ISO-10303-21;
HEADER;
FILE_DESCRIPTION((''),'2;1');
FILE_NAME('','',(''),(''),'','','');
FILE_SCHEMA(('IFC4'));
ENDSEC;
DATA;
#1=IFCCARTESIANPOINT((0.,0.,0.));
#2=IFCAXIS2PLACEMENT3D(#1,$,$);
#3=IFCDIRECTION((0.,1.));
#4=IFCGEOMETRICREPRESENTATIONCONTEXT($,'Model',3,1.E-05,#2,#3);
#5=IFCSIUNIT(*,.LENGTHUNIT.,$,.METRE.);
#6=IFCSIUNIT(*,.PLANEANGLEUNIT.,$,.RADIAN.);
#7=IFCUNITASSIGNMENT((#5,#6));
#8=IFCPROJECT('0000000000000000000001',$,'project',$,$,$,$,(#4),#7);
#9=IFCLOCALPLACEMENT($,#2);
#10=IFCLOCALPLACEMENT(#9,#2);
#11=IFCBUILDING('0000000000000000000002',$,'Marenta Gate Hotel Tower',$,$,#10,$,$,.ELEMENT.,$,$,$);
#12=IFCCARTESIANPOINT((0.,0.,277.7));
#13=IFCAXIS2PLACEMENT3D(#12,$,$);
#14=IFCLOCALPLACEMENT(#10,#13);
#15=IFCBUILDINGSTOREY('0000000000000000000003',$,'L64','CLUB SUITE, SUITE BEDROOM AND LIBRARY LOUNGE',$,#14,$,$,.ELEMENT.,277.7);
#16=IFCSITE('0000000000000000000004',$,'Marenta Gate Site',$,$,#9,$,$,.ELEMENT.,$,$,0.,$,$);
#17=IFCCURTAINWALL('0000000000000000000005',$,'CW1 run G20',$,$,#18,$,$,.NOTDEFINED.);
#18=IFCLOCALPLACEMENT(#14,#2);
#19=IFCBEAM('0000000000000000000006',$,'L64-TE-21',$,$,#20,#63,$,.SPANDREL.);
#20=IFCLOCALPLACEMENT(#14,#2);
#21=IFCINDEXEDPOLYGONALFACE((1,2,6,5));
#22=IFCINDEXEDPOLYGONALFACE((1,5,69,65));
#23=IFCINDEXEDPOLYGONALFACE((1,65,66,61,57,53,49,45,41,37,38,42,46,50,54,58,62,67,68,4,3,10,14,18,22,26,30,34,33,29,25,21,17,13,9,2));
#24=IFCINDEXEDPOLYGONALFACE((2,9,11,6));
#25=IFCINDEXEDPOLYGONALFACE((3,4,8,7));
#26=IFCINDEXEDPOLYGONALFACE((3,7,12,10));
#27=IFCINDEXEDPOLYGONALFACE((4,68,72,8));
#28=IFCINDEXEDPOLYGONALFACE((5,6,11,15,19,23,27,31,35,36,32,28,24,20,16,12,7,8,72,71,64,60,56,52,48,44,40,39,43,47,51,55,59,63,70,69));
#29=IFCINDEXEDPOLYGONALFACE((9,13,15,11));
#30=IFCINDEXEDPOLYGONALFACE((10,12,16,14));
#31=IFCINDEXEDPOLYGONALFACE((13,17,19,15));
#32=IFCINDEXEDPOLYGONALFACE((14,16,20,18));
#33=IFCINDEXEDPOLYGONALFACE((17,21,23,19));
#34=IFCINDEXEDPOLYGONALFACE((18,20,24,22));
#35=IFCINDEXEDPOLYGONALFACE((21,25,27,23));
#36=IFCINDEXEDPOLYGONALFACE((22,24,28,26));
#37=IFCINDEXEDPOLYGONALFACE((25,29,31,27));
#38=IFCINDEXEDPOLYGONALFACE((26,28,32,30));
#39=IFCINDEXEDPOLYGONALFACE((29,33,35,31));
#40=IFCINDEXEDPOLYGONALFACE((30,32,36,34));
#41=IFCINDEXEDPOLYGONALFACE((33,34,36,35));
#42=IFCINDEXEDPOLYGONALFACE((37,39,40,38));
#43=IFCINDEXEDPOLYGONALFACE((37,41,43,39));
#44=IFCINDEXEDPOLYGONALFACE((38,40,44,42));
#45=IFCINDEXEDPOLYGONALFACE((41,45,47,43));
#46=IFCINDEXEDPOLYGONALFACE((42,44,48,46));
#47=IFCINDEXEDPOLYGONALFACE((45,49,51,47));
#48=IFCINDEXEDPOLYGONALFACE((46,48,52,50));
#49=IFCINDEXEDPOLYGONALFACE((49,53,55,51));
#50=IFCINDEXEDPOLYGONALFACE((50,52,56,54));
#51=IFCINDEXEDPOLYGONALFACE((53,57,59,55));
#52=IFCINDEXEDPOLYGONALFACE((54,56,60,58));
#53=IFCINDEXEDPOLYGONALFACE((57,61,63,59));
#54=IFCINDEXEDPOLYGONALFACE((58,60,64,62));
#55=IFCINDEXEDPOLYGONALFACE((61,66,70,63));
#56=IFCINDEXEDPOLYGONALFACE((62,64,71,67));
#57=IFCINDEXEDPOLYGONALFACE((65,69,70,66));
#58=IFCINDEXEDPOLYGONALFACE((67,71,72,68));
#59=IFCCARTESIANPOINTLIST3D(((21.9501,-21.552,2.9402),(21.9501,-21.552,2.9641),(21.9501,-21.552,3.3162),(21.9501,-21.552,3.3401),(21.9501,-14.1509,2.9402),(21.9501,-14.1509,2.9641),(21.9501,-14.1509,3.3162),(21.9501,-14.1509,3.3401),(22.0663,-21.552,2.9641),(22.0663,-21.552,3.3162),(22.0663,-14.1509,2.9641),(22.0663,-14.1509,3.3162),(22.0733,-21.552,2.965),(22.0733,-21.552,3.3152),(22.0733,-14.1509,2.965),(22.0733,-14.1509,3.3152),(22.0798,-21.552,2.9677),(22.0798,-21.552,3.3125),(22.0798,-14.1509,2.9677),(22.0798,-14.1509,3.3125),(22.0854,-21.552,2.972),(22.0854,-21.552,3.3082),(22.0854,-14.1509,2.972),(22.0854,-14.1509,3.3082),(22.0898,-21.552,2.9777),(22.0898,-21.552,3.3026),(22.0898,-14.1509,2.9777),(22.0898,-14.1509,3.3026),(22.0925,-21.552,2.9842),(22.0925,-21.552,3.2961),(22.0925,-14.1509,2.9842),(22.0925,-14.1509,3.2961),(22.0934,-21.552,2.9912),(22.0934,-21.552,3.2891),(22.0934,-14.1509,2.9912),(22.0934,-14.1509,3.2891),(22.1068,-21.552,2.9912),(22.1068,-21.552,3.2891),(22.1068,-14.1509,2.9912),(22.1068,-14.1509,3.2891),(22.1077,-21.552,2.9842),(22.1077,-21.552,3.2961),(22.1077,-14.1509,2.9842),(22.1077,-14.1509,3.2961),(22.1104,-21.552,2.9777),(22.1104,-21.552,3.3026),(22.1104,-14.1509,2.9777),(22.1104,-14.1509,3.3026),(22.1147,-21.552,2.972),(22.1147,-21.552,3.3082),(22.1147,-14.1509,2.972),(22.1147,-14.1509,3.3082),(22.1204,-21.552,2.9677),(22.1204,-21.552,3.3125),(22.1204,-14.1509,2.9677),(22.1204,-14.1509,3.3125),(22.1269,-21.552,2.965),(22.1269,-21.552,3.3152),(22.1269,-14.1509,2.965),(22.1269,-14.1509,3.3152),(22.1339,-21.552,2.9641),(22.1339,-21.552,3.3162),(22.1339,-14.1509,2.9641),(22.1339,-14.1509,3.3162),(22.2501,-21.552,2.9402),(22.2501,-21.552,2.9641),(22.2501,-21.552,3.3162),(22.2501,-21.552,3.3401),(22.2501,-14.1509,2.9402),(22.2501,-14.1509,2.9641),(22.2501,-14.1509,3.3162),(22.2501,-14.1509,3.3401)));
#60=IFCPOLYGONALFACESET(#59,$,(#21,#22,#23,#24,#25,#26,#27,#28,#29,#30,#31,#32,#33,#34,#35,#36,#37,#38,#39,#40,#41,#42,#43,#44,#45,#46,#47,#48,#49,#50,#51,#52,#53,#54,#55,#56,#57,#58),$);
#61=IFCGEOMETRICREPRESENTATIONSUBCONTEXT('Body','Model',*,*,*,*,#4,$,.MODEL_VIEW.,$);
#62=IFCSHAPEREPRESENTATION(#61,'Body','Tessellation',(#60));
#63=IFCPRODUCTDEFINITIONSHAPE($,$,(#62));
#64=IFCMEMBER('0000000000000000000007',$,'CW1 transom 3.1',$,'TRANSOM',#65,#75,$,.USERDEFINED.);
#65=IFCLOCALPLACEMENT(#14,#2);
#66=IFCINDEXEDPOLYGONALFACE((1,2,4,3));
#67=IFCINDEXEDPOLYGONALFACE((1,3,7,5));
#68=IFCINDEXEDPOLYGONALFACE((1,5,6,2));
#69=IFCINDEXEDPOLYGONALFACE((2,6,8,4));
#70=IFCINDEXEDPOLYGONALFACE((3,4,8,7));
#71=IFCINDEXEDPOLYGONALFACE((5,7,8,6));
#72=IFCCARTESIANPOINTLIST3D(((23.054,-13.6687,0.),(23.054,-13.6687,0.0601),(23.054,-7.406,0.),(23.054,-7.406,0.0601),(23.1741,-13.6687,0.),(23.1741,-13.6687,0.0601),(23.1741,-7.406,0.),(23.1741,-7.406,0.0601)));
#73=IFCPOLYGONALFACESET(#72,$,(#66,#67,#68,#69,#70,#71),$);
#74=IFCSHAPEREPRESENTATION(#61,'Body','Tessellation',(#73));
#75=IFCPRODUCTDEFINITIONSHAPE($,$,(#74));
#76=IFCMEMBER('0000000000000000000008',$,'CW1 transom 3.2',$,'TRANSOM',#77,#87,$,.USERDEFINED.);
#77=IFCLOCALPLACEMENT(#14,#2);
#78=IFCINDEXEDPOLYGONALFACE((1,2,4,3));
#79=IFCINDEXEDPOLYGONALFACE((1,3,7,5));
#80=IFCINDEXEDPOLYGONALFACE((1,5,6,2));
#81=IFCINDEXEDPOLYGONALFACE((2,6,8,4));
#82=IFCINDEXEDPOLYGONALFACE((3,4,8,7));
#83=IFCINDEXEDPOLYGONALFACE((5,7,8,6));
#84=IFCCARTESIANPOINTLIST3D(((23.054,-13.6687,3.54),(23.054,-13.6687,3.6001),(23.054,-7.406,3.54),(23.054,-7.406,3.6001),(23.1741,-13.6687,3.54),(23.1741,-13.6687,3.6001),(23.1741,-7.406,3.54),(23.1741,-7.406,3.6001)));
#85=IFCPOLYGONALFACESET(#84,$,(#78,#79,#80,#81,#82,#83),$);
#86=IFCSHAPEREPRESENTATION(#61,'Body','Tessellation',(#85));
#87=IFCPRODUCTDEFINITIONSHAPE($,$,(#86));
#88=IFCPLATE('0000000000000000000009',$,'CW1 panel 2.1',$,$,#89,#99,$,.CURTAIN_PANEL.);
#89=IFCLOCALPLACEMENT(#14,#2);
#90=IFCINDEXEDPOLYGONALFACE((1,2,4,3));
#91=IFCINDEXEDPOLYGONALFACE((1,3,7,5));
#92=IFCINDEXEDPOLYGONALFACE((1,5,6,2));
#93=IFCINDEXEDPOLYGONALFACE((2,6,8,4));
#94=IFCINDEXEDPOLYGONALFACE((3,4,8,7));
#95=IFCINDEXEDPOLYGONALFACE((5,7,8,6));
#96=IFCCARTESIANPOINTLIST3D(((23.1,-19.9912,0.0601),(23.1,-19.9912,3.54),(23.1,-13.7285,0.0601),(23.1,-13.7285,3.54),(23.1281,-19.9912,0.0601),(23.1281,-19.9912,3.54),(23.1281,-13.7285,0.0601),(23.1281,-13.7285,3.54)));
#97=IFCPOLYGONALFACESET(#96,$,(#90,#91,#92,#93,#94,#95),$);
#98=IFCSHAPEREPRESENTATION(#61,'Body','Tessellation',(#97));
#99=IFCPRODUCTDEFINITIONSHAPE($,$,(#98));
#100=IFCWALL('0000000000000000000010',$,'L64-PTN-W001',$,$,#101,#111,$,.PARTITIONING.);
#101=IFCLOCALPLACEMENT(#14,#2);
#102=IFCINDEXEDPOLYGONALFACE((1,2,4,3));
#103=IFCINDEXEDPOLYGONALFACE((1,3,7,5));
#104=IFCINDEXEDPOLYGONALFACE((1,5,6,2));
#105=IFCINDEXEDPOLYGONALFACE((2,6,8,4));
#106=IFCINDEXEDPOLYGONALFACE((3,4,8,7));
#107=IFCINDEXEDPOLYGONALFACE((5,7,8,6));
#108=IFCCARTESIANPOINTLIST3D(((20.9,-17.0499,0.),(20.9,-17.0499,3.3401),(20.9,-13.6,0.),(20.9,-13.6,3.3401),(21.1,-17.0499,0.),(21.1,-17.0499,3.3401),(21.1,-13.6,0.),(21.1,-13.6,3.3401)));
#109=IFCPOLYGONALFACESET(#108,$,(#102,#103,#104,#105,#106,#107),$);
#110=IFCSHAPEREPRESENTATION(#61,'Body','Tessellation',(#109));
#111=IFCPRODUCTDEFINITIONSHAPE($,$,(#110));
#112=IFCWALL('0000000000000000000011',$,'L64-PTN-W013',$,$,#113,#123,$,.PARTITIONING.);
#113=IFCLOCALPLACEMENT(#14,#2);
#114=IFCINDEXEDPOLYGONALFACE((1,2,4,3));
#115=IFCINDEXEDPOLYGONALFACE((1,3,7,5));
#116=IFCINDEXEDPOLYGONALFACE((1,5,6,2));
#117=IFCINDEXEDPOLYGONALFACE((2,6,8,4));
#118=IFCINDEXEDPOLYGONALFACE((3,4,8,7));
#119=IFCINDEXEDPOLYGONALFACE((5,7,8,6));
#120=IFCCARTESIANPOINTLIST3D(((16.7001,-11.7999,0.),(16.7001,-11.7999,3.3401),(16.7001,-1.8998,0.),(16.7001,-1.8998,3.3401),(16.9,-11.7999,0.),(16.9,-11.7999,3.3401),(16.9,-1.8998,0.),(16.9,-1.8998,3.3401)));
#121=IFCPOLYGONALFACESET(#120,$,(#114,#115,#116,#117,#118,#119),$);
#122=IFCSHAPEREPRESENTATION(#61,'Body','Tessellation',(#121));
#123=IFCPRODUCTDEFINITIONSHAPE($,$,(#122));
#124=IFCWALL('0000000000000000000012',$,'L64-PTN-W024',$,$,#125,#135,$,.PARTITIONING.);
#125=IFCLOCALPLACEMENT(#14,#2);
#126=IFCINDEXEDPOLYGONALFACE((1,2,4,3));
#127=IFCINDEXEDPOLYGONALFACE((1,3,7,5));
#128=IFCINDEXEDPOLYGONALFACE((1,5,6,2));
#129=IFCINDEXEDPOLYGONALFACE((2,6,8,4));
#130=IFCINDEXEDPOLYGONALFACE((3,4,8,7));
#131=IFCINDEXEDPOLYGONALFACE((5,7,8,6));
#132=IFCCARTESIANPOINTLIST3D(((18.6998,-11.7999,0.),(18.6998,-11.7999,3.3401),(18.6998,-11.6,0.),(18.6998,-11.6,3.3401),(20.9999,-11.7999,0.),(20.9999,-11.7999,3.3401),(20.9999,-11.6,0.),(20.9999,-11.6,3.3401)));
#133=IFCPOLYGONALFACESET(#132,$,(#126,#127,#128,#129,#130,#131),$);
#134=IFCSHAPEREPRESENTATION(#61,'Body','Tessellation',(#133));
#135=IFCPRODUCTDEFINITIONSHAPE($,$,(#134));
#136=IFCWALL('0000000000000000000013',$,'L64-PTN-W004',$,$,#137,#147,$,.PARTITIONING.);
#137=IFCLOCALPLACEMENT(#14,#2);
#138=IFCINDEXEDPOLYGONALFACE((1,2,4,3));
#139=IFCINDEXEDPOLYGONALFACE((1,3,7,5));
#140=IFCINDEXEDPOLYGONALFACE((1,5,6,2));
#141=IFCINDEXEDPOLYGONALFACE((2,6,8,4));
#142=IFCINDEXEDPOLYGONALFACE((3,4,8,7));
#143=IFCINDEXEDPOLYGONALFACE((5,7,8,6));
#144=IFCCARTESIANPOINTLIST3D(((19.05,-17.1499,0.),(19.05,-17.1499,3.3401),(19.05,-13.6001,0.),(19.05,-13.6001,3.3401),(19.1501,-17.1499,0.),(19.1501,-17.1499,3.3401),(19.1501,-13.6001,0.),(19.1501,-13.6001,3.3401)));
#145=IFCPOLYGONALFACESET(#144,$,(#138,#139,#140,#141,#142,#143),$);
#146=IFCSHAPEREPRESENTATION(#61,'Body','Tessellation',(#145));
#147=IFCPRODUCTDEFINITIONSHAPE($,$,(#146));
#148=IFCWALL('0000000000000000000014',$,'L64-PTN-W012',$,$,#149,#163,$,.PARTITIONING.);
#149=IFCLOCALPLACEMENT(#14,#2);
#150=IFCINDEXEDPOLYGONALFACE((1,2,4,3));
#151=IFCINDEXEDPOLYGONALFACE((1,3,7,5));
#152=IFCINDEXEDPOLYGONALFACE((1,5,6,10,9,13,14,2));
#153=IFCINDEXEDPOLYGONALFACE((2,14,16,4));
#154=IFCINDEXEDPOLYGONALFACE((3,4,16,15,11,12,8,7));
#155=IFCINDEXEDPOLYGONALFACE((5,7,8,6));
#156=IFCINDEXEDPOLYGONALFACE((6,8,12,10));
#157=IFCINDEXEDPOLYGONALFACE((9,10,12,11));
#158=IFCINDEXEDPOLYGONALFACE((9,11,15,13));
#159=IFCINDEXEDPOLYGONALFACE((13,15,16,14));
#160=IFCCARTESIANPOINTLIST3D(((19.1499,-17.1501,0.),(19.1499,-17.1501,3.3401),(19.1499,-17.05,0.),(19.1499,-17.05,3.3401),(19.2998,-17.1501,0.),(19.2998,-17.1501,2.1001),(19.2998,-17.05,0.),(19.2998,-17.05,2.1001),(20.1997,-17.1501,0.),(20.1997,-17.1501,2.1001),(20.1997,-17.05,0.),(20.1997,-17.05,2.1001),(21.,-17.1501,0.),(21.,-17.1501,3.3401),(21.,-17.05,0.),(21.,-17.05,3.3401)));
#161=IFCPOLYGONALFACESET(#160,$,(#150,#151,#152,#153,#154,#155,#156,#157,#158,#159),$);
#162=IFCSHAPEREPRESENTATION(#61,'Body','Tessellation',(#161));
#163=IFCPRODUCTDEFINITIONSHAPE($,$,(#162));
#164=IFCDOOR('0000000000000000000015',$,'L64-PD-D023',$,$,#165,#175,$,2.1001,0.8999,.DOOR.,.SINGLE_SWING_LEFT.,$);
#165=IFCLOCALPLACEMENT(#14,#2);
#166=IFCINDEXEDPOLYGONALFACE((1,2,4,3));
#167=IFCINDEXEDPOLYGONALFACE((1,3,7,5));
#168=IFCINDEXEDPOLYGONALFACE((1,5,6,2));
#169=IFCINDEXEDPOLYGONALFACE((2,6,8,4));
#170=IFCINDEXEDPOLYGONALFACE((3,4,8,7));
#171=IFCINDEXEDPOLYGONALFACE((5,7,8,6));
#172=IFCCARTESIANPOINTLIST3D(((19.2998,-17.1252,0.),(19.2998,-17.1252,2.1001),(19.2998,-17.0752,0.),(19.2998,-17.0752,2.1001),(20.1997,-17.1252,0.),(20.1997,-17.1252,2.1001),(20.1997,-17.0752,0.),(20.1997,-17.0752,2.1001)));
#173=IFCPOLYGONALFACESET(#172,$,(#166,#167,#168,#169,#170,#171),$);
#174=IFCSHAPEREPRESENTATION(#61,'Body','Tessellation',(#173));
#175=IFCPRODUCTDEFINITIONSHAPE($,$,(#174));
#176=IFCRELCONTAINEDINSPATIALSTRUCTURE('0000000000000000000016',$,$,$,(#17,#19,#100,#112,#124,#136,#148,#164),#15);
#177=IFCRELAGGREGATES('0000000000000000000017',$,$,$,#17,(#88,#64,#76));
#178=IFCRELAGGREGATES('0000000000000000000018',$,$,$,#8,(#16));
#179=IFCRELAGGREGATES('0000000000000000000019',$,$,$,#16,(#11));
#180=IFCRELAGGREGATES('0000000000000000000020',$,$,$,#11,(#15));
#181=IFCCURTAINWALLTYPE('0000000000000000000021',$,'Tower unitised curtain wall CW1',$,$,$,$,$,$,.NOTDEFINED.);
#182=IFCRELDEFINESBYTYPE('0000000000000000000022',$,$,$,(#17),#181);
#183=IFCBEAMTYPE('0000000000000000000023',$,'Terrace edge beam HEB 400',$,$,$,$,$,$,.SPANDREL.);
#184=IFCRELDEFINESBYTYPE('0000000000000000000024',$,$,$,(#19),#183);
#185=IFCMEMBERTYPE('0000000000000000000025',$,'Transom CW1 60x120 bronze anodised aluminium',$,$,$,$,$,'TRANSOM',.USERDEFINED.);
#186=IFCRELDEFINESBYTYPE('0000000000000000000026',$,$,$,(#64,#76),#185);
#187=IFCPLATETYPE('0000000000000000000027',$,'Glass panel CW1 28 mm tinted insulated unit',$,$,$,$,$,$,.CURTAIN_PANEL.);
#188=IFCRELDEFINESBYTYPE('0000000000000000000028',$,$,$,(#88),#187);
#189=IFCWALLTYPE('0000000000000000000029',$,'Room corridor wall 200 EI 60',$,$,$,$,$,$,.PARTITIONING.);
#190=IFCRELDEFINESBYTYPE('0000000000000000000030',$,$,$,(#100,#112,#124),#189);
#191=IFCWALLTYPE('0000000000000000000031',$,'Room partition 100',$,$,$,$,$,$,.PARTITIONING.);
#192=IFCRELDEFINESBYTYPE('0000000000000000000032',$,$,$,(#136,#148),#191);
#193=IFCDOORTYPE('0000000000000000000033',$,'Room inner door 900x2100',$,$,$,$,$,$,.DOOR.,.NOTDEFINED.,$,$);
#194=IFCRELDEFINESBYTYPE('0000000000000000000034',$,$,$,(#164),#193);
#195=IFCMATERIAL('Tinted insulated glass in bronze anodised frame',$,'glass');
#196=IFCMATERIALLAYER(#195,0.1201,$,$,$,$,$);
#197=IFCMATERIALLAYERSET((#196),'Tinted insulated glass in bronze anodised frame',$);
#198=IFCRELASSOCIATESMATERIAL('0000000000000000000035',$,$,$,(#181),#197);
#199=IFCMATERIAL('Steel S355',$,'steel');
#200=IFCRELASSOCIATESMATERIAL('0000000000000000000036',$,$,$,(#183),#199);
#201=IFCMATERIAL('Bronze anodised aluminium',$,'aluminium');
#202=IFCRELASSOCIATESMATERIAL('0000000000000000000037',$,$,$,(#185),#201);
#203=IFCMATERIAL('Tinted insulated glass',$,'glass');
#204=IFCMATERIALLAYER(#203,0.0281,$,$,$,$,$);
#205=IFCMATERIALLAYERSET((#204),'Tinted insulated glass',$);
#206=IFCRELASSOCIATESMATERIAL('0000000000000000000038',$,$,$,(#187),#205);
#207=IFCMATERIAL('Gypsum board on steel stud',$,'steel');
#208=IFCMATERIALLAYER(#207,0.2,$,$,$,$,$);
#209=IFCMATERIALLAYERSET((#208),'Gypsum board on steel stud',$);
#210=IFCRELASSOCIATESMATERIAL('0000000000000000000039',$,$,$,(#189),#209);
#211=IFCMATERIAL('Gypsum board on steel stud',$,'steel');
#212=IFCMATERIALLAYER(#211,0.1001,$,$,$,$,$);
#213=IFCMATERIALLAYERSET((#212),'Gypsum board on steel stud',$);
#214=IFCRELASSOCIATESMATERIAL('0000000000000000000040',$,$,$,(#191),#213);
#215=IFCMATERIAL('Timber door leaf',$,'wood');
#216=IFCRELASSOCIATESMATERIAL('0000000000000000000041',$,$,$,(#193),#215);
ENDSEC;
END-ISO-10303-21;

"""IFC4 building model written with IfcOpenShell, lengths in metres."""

from ifc_helpers import new_model, si_unit, direction, frame, frame_2d, origin, origin_2d, place, context, subcontext, project, spatial, rectangle, i_section, extrude, material, layer, layer_set, material_profile, profile_set, type_object, element, fill, aggregate, save


model = new_model("IFC4")

# Units and contexts
model_context = context("Model", 3, precision=1e-05, world=origin(), true_north=direction((0.0, 1.0)))
body_context = subcontext(model_context, "Body", "Model", "MODEL_VIEW")
ifc_project = project(units=[si_unit("LENGTHUNIT", "METRE"), si_unit("PLANEANGLEUNIT", "RADIAN")], contexts=[model_context])

# Site, building, storey
site_placement = place(None, origin())
site = spatial("IfcSite", under=ifc_project, at=site_placement, Name="Marenta Gate Site", CompositionType="ELEMENT", RefElevation=0.0)
building_placement = place(site_placement, origin())
building = spatial("IfcBuilding", under=site, at=building_placement, Name="Marenta Gate Hotel Tower", CompositionType="ELEMENT")
storey_placement = place(building_placement, frame((0.0, 0.0, 277.7)))
storey = spatial("IfcBuildingStorey", under=building, at=storey_placement, Name="L64", Description="CLUB SUITE, SUITE BEDROOM AND LIBRARY LOUNGE", CompositionType="ELEMENT", Elevation=277.7)

# Curtain wall
ifc_material_1 = material(Name="Tinted insulated glass in bronze anodised frame", Category="glass")
ifc_layer_1 = layer(ifc_material_1, 0.1201)
ifc_layer_set_1 = layer_set([ifc_layer_1], Name="Tinted insulated glass in bronze anodised frame")
curtain_wall_type = type_object("IfcCurtainWallType", Name="Tower unitised curtain wall CW1", PredefinedType="NOTDEFINED", material=ifc_layer_set_1)
curtain_wall_placement = place(storey_placement, origin())
curtain_wall = element("IfcCurtainWall", 1, at=curtain_wall_placement, inside=storey, type_object=curtain_wall_type, Name="CW1 run G20", PredefinedType="NOTDEFINED")

# Beam
ifc_material_2 = material(Name="Steel S355", Category="steel")
ifc_material_profile_1 = material_profile(ifc_material_2, i_section(OverallWidth=0.3, OverallDepth=0.3999, WebThickness=0.0134, FlangeThickness=0.0239, FilletRadius=0.0271, at=origin_2d()), Name="HEB 400")
ifc_profile_set_1 = profile_set([ifc_material_profile_1], Name="Steel S355")
beam_type_1 = type_object("IfcBeamType", Name="Terrace edge beam HEB 400", PredefinedType="SPANDREL", material=ifc_profile_set_1)
beam_1_placement = place(storey_placement, frame((22.1001, -14.1509, 3.1401), z_axis=(0.0, -1.0, 0.0), x_axis=(1.0, 0.0, 0.0)))
element("IfcBeam", 2, at=beam_1_placement, inside=storey, type_object=beam_type_1, Name="L64-TE-21", PredefinedType="SPANDREL", context=body_context, shape_type="SweptSolid", body=[
    extrude(i_section(OverallWidth=0.3, OverallDepth=0.3999, WebThickness=0.0134, FlangeThickness=0.0239, FilletRadius=0.0271, at=origin_2d()), origin(), (0.0, 0.0, 1.0), 7.4011),
])

# Members
ifc_material_3 = material(Name="Bronze anodised aluminium", Category="aluminium")
ifc_material_profile_2 = material_profile(ifc_material_3, rectangle(XDim=0.1201, YDim=0.0601, at=origin_2d()), Name="Transom CW1 60x120 bronze anodised aluminium")
ifc_profile_set_2 = profile_set([ifc_material_profile_2], Name="Bronze anodised aluminium")
member_type_1 = type_object("IfcMemberType", Name="Transom CW1 60x120 bronze anodised aluminium", ElementType="TRANSOM", PredefinedType="USERDEFINED", material=ifc_profile_set_2)
member_1_placement = place(storey_placement, frame((23.114, -13.6687, 0.03), z_axis=(0.0, 1.0, 0.0), x_axis=(-1.0, 0.0, 0.0)))
member_1 = element("IfcMember", 3, at=member_1_placement, type_object=member_type_1, Name="CW1 transom 3.1", ObjectType="TRANSOM", PredefinedType="USERDEFINED", context=body_context, shape_type="SweptSolid", body=[
    extrude(rectangle(XDim=0.1201, YDim=0.0601, at=origin_2d()), origin(), (0.0, 0.0, 1.0), 6.2627),
])
member_2_placement = place(storey_placement, frame((23.114, -13.6687, 3.5701), z_axis=(0.0, 1.0, 0.0), x_axis=(-1.0, 0.0, 0.0)))
member_2 = element("IfcMember", 4, at=member_2_placement, type_object=member_type_1, Name="CW1 transom 3.2", ObjectType="TRANSOM", PredefinedType="USERDEFINED", context=body_context, shape_type="SweptSolid", body=[
    extrude(rectangle(XDim=0.1201, YDim=0.0601, at=origin_2d()), origin(), (0.0, 0.0, 1.0), 6.2627),
])

# Plate
ifc_material_4 = material(Name="Tinted insulated glass", Category="glass")
ifc_layer_2 = layer(ifc_material_4, 0.0281)
ifc_layer_set_2 = layer_set([ifc_layer_2], Name="Tinted insulated glass")
plate_type = type_object("IfcPlateType", Name="Glass panel CW1 28 mm tinted insulated unit", PredefinedType="CURTAIN_PANEL", material=ifc_layer_set_2)
plate_placement = place(storey_placement, frame((23.114, -16.8599, 0.0601), z_axis=(0.0, 0.0, 1.0), x_axis=(0.0, 1.0, 0.0)))
plate = element("IfcPlate", 5, at=plate_placement, type_object=plate_type, Name="CW1 panel 2.1", PredefinedType="CURTAIN_PANEL", context=body_context, shape_type="SweptSolid", body=[
    extrude(rectangle(XDim=6.2627, YDim=0.0281, at=origin_2d()), origin(), (0.0, 0.0, 1.0), 3.48),
])
aggregate(curtain_wall, [plate, member_1, member_2])

# Wall
ifc_material_5 = material(Name="Gypsum board on steel stud", Category="steel")
ifc_layer_3 = layer(ifc_material_5, 0.2)
ifc_layer_set_3 = layer_set([ifc_layer_3], Name="Gypsum board on steel stud")
wall_type_1 = type_object("IfcWallType", Name="Room corridor wall 200 EI 60", PredefinedType="PARTITIONING", material=ifc_layer_set_3)
wall_1_placement = place(storey_placement, frame((21.0, -17.05, 0.0), z_axis=(0.0, 0.0, 1.0), x_axis=(0.0, 1.0, 0.0)))
element("IfcWall", 6, at=wall_1_placement, inside=storey, type_object=wall_type_1, Name="L64-PTN-W001", PredefinedType="PARTITIONING", context=body_context, shape_type="SweptSolid", body=[
    extrude(rectangle(XDim=3.45, YDim=0.2, at=frame_2d((1.7251, 0.0))), origin(), (0.0, 0.0, 1.0), 3.3401),
])

# Walls
wall_2_placement = place(storey_placement, frame((16.8, -11.8, 0.0), z_axis=(0.0, 0.0, 1.0), x_axis=(0.0, 1.0, 0.0)))
element("IfcWall", 7, at=wall_2_placement, inside=storey, type_object=wall_type_1, Name="L64-PTN-W013", PredefinedType="PARTITIONING", context=body_context, shape_type="SweptSolid", body=[
    extrude(rectangle(XDim=9.9001, YDim=0.2, at=frame_2d((4.9502, 0.0))), origin(), (0.0, 0.0, 1.0), 3.3401),
])
wall_3_placement = place(storey_placement, frame((18.7, -11.7, 0.0), z_axis=(0.0, 0.0, 1.0), x_axis=(1.0, 0.0, 0.0)))
element("IfcWall", 8, at=wall_3_placement, inside=storey, type_object=wall_type_1, Name="L64-PTN-W024", PredefinedType="PARTITIONING", context=body_context, shape_type="SweptSolid", body=[
    extrude(rectangle(XDim=2.3, YDim=0.2, at=frame_2d((1.1499, 0.0))), origin(), (0.0, 0.0, 1.0), 3.3401),
])
ifc_material_6 = material(Name="Gypsum board on steel stud", Category="steel")
ifc_layer_4 = layer(ifc_material_6, 0.1001)
ifc_layer_set_4 = layer_set([ifc_layer_4], Name="Gypsum board on steel stud")
wall_type_2 = type_object("IfcWallType", Name="Room partition 100", PredefinedType="PARTITIONING", material=ifc_layer_set_4)
wall_4_placement = place(storey_placement, frame((19.1001, -17.1499, 0.0), z_axis=(0.0, 0.0, 1.0), x_axis=(0.0, 1.0, 0.0)))
element("IfcWall", 9, at=wall_4_placement, inside=storey, type_object=wall_type_2, Name="L64-PTN-W004", PredefinedType="PARTITIONING", context=body_context, shape_type="SweptSolid", body=[
    extrude(rectangle(XDim=3.5498, YDim=0.1001, at=frame_2d((1.7749, 0.0))), origin(), (0.0, 0.0, 1.0), 3.3401),
])

# Wall, opening, door
wall_5_placement = place(storey_placement, frame((19.1499, -17.1001, 0.0), z_axis=(0.0, 0.0, 1.0), x_axis=(1.0, 0.0, 0.0)))
wall_5 = element("IfcWall", 10, at=wall_5_placement, inside=storey, type_object=wall_type_2, Name="L64-PTN-W012", PredefinedType="PARTITIONING", context=body_context, shape_type="SweptSolid", body=[
    extrude(rectangle(XDim=1.8501, YDim=0.1001, at=frame_2d((0.925, 0.0))), origin(), (0.0, 0.0, 1.0), 3.3401),
])
opening_1_placement = place(wall_5_placement, frame((0.1499, 0.0, 0.0)))
opening_1 = element("IfcOpeningElement", 11, at=opening_1_placement, cuts=wall_5, PredefinedType="OPENING", context=body_context, shape_type="SweptSolid", body=[
    extrude(rectangle(XDim=0.8999, YDim=2.1001, at=frame_2d((0.45, 1.05))), frame((0.0, 0.05, 0.0), z_axis=(0.0, -1.0, 0.0), x_axis=(1.0, 0.0, 0.0)), (0.0, 0.0, 1.0), 0.1001),
])
ifc_material_7 = material(Name="Timber door leaf", Category="wood")
door_type_1 = type_object("IfcDoorType", Name="Room inner door 900x2100", OperationType="NOTDEFINED", PredefinedType="DOOR", material=ifc_material_7)
door_1_placement = place(opening_1_placement, origin())
door_1 = element("IfcDoor", 12, at=door_1_placement, inside=storey, type_object=door_type_1, Name="L64-PD-D023", OperationType="SINGLE_SWING_LEFT", OverallHeight=2.1001, OverallWidth=0.8999, PredefinedType="DOOR", context=body_context, shape_type="SweptSolid", body=[
    extrude(rectangle(XDim=0.8999, YDim=2.1001, at=frame_2d((0.45, 1.05))), frame((0.0, 0.0249, 0.0), z_axis=(0.0, -1.0, 0.0), x_axis=(1.0, 0.0, 0.0)), (0.0, 0.0, 1.0), 0.05),
])
fill(opening_1, door_1)

save(model, "model.ifc")
